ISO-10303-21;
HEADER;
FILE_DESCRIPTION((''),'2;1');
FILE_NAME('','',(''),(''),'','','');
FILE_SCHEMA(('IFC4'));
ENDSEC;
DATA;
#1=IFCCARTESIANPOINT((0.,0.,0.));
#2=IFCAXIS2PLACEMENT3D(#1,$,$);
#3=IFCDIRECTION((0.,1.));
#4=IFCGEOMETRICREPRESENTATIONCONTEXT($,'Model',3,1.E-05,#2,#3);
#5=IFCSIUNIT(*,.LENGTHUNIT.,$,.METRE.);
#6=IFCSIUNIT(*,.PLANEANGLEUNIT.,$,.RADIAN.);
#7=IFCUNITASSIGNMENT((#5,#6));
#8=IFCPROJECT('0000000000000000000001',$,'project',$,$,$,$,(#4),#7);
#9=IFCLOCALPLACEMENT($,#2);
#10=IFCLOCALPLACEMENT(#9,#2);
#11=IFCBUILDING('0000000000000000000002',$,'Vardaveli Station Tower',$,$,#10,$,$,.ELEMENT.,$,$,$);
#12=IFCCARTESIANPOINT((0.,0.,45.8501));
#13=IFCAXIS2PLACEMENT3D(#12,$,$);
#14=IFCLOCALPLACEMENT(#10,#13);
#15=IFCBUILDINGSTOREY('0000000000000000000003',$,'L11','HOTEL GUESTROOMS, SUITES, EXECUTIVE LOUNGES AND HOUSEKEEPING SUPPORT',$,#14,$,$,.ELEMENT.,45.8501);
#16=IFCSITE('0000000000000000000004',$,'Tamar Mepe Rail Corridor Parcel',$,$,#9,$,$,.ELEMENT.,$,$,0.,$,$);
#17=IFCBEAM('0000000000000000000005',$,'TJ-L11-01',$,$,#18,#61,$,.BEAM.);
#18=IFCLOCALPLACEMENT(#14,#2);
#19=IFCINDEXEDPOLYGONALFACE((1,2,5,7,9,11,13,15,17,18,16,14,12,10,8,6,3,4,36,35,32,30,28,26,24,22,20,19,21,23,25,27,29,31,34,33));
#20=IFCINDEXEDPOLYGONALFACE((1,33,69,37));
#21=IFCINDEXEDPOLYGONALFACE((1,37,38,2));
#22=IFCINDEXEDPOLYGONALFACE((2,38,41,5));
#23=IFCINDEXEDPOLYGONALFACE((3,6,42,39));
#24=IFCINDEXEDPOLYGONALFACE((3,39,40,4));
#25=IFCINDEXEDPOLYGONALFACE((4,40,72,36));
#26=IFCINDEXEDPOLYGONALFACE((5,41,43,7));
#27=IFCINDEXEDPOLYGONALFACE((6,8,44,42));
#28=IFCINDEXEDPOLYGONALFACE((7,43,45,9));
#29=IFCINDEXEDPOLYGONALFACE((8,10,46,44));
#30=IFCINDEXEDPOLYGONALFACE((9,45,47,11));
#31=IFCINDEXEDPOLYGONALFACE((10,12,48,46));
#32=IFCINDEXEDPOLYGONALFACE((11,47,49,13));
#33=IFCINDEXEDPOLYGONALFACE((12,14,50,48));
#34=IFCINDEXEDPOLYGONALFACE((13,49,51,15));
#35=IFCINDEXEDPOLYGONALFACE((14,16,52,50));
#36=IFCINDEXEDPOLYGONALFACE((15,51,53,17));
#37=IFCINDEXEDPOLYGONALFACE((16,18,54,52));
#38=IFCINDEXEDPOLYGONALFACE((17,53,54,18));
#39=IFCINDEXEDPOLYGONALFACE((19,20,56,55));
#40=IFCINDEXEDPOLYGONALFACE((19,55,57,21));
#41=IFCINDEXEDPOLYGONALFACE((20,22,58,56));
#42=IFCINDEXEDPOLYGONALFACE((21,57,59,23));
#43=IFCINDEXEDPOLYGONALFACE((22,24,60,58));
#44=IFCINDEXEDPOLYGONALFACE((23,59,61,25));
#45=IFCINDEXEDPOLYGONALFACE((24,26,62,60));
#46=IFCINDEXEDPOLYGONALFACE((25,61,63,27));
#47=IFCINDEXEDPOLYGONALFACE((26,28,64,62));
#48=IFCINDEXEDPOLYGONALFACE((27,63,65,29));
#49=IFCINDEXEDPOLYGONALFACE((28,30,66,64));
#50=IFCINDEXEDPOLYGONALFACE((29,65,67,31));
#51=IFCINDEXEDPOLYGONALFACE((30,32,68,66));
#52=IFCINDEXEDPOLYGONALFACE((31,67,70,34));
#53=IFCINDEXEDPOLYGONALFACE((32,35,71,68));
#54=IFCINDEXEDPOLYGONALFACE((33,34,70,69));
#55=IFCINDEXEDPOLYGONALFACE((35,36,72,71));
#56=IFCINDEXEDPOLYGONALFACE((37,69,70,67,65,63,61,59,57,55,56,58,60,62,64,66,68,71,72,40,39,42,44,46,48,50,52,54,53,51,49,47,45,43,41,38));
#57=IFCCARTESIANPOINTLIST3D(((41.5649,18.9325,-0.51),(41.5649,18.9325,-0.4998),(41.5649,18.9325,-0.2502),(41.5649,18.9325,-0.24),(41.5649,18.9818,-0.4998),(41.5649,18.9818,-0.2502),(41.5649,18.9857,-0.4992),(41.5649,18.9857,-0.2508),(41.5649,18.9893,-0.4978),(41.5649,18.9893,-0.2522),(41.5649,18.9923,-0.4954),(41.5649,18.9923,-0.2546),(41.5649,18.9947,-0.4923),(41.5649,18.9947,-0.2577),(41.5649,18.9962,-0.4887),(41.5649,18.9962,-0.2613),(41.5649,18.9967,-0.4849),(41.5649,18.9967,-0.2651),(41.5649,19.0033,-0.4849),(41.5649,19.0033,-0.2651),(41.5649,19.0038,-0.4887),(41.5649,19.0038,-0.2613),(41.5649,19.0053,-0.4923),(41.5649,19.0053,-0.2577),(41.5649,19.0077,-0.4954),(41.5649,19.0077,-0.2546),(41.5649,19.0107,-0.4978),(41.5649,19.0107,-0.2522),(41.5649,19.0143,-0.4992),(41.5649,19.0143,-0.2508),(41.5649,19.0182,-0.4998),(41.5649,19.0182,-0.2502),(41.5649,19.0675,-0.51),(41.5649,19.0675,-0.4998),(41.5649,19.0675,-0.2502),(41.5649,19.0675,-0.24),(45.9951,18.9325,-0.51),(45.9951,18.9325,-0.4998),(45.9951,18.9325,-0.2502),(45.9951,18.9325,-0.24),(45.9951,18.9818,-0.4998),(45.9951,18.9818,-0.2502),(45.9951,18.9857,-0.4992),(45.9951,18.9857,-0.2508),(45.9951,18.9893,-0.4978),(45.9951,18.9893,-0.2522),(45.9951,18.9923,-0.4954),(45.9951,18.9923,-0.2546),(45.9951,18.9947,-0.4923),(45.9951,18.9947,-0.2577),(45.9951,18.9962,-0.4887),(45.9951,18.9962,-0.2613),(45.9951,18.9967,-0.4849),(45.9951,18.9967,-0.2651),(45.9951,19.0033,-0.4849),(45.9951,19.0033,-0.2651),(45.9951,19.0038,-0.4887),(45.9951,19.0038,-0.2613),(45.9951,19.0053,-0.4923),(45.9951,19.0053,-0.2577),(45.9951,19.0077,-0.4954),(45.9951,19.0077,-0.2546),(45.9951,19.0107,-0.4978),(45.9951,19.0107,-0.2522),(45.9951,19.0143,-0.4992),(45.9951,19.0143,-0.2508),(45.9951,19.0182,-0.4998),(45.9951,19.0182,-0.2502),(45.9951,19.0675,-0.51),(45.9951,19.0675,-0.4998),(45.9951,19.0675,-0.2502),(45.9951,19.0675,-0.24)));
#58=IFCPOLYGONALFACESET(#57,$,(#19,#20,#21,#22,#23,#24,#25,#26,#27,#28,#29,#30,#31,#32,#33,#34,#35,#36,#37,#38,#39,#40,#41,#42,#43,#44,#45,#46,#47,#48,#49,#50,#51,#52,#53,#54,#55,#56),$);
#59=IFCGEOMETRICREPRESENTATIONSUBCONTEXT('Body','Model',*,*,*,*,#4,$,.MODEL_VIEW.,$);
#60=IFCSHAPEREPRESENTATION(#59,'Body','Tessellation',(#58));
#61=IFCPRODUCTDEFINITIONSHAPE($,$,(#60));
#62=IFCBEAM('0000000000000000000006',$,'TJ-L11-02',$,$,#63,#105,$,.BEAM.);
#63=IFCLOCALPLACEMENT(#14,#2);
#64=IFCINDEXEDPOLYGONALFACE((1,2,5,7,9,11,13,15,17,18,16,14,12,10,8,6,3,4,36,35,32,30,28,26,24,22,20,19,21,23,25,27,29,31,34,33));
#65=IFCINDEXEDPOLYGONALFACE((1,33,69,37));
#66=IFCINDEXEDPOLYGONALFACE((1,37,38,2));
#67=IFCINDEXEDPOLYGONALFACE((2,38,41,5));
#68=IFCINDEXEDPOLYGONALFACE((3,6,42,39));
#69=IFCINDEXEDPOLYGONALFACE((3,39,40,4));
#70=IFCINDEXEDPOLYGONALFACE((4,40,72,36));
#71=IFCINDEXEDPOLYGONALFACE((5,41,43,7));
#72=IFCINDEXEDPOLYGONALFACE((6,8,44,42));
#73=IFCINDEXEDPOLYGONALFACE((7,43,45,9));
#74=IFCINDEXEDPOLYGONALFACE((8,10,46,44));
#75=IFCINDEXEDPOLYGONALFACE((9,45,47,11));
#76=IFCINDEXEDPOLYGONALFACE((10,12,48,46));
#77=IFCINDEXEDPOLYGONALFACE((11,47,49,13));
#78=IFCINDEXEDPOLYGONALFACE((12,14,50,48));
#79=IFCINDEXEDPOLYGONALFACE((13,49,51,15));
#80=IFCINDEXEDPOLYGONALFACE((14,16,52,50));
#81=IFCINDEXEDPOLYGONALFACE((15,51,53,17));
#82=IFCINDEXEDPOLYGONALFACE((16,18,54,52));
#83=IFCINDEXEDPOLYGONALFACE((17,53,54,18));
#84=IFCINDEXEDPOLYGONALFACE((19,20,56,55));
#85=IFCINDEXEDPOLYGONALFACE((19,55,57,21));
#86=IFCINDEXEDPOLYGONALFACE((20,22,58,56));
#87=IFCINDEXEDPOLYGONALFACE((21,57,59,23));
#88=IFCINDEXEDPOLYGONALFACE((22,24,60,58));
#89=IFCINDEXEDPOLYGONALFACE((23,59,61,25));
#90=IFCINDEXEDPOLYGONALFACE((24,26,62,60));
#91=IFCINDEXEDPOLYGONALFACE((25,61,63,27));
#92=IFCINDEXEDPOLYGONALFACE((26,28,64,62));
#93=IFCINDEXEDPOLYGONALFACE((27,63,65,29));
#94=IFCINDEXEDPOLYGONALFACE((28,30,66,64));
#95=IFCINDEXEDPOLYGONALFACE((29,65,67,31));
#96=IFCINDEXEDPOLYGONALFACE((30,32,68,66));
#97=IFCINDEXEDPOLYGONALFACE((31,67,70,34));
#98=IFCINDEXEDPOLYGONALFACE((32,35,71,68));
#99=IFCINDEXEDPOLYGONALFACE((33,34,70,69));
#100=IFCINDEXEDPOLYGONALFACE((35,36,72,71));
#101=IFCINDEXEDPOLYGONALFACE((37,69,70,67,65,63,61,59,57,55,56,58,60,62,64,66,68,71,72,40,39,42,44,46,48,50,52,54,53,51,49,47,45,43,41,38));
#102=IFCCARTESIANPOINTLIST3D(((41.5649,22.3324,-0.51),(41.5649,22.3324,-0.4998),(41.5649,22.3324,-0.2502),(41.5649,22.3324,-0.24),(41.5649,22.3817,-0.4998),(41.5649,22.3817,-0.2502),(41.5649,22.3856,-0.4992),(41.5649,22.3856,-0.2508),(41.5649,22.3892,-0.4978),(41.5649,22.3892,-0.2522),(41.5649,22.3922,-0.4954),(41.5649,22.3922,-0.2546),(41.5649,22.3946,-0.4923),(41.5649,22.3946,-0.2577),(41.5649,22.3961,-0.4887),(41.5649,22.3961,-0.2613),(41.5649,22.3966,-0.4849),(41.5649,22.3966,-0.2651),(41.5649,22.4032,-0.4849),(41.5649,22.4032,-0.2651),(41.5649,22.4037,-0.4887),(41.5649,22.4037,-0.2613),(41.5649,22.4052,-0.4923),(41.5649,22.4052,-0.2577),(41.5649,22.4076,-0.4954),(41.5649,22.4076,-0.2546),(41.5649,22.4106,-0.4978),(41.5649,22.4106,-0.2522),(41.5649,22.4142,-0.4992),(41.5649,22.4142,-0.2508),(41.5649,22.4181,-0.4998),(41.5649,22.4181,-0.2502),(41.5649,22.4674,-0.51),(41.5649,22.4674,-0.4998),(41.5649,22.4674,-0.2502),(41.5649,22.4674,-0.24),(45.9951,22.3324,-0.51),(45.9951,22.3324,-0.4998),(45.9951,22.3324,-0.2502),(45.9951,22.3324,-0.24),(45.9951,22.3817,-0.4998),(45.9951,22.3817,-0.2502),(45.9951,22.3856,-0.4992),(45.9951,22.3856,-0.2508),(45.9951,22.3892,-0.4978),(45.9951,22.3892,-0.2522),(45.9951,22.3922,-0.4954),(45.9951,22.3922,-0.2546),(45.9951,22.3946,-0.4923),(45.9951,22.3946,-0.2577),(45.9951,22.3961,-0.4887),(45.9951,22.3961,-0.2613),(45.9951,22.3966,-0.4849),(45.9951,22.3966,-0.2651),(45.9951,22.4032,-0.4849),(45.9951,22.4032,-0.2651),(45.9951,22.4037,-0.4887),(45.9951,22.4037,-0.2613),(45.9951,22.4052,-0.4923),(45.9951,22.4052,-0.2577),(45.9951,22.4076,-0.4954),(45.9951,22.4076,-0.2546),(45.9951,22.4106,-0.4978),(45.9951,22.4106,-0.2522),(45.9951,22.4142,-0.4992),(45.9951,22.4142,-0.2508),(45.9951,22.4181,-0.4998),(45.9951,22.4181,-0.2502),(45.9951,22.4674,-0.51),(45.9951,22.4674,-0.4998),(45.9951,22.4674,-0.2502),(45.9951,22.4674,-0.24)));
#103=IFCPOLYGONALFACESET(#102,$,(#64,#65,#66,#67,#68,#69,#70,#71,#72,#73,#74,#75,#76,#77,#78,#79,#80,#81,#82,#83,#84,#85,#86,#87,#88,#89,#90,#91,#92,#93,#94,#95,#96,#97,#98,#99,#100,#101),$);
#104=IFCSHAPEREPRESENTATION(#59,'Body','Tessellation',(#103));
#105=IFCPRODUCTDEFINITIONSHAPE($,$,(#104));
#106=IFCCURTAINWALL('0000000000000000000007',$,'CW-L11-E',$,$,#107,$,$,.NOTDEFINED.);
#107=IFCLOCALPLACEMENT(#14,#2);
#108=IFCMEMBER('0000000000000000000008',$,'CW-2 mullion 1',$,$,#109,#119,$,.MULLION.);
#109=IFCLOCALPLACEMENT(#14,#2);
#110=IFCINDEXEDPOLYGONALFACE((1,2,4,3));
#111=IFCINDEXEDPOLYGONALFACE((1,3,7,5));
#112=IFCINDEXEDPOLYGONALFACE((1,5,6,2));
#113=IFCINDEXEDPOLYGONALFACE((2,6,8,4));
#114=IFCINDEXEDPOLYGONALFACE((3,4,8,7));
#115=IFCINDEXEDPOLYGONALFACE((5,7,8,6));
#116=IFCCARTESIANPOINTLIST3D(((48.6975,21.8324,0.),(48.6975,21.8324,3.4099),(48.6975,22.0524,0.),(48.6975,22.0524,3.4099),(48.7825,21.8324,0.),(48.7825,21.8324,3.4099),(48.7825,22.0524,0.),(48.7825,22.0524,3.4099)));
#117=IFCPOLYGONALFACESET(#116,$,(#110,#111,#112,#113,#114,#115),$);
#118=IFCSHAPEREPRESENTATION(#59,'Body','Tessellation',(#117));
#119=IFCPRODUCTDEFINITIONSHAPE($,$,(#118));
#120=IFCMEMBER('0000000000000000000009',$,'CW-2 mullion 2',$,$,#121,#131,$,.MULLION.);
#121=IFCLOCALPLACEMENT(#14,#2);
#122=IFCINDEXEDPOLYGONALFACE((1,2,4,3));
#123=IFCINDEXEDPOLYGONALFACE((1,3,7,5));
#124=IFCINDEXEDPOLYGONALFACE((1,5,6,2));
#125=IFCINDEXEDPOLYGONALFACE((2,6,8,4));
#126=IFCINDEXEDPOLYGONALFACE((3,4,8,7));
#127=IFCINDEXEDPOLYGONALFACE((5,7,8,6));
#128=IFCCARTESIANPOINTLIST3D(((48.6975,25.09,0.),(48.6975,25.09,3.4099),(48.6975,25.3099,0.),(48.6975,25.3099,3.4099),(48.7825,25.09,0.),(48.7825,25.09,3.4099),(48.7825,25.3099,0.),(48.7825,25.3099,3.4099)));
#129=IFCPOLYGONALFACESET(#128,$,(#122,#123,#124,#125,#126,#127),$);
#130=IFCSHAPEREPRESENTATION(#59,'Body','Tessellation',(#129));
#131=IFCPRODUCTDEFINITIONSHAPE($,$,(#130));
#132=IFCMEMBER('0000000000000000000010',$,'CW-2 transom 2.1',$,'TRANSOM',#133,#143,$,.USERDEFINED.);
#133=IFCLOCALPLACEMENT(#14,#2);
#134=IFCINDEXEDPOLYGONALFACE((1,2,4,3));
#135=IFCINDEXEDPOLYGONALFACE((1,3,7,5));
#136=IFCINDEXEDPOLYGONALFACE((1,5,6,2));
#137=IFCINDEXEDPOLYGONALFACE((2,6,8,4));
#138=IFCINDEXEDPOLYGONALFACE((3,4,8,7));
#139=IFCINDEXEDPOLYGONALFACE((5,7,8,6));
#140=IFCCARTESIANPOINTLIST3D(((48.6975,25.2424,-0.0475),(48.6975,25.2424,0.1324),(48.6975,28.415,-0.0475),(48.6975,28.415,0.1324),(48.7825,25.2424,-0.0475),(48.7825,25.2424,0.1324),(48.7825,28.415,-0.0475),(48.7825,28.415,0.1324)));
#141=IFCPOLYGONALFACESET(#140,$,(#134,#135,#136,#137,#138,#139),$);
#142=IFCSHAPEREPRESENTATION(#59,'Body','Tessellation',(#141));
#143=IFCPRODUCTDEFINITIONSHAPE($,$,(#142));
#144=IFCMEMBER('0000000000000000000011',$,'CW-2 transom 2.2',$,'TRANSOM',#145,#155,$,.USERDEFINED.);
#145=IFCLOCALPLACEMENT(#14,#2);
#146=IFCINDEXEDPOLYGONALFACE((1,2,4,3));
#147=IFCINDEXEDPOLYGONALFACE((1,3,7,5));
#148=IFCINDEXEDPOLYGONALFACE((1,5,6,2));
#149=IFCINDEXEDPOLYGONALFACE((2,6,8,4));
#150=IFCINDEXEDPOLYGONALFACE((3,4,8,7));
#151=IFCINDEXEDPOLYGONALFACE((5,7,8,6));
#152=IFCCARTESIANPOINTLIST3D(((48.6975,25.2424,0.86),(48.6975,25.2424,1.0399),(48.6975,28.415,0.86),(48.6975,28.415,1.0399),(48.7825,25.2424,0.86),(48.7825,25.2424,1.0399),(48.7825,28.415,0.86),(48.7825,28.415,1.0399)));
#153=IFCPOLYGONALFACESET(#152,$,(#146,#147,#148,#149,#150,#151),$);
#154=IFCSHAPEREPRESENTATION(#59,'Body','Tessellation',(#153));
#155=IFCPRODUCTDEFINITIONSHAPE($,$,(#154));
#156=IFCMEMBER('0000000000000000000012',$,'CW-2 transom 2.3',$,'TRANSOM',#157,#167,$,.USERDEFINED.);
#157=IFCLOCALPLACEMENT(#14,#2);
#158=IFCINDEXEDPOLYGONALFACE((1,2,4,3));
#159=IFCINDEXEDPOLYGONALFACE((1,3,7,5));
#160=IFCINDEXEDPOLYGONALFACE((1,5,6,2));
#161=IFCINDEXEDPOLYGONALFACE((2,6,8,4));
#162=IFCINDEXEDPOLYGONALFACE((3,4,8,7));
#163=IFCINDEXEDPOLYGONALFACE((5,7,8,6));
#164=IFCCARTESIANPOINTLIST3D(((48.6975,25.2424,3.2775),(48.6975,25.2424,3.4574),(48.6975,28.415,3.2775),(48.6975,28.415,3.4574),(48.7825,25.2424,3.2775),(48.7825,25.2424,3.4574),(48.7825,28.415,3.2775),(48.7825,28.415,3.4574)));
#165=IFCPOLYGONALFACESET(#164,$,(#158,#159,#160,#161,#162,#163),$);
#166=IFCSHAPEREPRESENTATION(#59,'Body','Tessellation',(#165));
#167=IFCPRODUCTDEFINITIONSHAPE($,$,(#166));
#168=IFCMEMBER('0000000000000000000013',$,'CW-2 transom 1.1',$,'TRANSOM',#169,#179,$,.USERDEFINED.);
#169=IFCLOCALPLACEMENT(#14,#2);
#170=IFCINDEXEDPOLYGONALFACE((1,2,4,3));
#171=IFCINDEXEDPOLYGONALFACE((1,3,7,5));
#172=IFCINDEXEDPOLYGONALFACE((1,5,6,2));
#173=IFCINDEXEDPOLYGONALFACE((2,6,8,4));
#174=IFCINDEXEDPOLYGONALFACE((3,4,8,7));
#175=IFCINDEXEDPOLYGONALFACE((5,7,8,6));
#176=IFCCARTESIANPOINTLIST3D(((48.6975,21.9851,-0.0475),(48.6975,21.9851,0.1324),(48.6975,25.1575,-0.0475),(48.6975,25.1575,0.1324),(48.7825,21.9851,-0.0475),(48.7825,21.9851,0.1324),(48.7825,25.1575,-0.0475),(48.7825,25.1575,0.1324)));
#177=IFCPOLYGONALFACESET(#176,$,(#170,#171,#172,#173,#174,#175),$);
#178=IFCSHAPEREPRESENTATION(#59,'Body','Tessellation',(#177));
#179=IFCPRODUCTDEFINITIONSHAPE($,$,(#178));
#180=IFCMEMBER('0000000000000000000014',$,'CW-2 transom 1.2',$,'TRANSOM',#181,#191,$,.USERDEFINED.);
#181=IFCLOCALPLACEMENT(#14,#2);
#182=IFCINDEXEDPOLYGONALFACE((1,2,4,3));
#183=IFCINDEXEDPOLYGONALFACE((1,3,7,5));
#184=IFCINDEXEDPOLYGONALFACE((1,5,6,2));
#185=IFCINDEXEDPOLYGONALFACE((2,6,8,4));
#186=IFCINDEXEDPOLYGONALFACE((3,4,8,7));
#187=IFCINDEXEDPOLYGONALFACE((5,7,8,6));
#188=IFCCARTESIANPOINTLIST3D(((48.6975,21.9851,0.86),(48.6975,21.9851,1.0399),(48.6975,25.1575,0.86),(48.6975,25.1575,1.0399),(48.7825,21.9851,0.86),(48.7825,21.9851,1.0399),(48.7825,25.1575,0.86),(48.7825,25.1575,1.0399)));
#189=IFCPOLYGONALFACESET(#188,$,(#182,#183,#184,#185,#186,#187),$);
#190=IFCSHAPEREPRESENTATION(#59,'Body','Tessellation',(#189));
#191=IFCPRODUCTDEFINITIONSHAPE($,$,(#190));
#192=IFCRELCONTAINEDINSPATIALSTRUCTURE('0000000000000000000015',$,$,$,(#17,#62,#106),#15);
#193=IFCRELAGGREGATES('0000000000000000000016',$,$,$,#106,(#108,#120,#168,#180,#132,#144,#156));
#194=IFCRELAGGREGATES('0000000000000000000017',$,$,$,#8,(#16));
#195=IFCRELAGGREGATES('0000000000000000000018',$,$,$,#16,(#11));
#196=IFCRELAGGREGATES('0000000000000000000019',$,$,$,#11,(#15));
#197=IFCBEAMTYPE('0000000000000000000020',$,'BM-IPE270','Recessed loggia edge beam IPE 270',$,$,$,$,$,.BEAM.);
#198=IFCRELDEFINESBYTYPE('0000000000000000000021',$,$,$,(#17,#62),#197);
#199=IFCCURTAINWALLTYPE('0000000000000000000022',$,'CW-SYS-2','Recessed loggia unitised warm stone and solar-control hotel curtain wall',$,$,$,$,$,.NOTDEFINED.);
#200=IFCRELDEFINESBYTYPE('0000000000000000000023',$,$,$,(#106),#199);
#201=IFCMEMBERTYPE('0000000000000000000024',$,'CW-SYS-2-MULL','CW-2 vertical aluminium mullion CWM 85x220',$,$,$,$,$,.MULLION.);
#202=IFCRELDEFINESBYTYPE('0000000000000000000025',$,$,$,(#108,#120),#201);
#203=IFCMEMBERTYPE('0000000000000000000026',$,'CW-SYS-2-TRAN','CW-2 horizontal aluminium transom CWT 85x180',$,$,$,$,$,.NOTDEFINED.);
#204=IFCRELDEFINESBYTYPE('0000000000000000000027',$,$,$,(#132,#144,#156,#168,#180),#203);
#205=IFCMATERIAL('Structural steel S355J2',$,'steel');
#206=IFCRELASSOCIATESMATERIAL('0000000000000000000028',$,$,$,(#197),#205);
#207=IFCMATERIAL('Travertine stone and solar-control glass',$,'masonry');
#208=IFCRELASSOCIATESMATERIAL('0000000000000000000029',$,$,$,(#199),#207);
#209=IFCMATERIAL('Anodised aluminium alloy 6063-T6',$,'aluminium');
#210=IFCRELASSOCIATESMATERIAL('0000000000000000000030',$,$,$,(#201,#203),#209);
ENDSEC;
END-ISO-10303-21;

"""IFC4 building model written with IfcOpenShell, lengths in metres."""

from ifc_helpers import new_model, si_unit, direction, frame, origin, origin_2d, place, context, subcontext, project, spatial, rectangle, i_section, extrude, source, transform, mapped, material, material_profile, profile_set, type_object, element, aggregate, save


model = new_model("IFC4")

# Units and contexts
model_context = context("Model", 3, precision=1e-05, world=origin(), true_north=direction((0.0, 1.0)))
body_context = subcontext(model_context, "Body", "Model", "MODEL_VIEW")
ifc_project = project(units=[si_unit("LENGTHUNIT", "METRE"), si_unit("PLANEANGLEUNIT", "RADIAN")], contexts=[model_context])

# Site, building, storey
site_placement = place(None, origin())
site = spatial("IfcSite", under=ifc_project, at=site_placement, Name="Tamar Mepe Rail Corridor Parcel", CompositionType="ELEMENT", RefElevation=0.0)
building_placement = place(site_placement, origin())
building = spatial("IfcBuilding", under=site, at=building_placement, Name="Vardaveli Station Tower", CompositionType="ELEMENT")
storey_placement = place(building_placement, frame((0.0, 0.0, 45.8501)))
storey = spatial("IfcBuildingStorey", under=building, at=storey_placement, Name="L11", Description="HOTEL GUESTROOMS, SUITES, EXECUTIVE LOUNGES AND HOUSEKEEPING SUPPORT", CompositionType="ELEMENT", Elevation=45.8501)

# Beams
ifc_material_1 = material(Name="Structural steel S355J2", Category="steel")
ifc_material_profile_1 = material_profile(ifc_material_1, i_section(OverallWidth=0.135, OverallDepth=0.27, WebThickness=0.0066, FlangeThickness=0.0103, FilletRadius=0.0149, at=origin_2d()), Name="IPE 270")
ifc_profile_set_1 = profile_set([ifc_material_profile_1], Name="Structural steel S355J2")
beam_type_1 = type_object("IfcBeamType", Name="BM-IPE270", Description="Recessed loggia edge beam IPE 270", PredefinedType="BEAM", material=ifc_profile_set_1)
shared_shape_1 = source(origin(), body_context, "Body", "SweptSolid", [
    extrude(i_section(OverallWidth=0.135, OverallDepth=0.27, WebThickness=0.0066, FlangeThickness=0.0103, FilletRadius=0.0149, at=origin_2d()), origin(), (0.0, 0.0, 1.0), 4.4302),
])
for number, where, z_axis, x_axis, name in (
    (1, (41.5649, 19.0, -0.375), (1.0, 0.0, 0.0), (0.0, 1.0, 0.0), "TJ-L11-01"),
    (2, (41.5649, 22.3999, -0.375), (1.0, 0.0, 0.0), (0.0, 1.0, 0.0), "TJ-L11-02"),
):
    element("IfcBeam", number, at=place(storey_placement, frame(where, z_axis=z_axis, x_axis=x_axis)), inside=storey, type_object=beam_type_1, Name=name, PredefinedType="BEAM", context=body_context, shape_type="MappedRepresentation", body=[
        mapped(shared_shape_1, transform((0.0, 0.0, 0.0), scale=1.0)),
    ])

# Curtain wall, members
ifc_material_2 = material(Name="Travertine stone and solar-control glass", Category="masonry")
curtain_wall_type = type_object("IfcCurtainWallType", Name="CW-SYS-2", Description="Recessed loggia unitised warm stone and solar-control hotel curtain wall", PredefinedType="NOTDEFINED", material=ifc_material_2)
curtain_wall_placement = place(storey_placement, origin())
curtain_wall = element("IfcCurtainWall", 3, at=curtain_wall_placement, inside=storey, type_object=curtain_wall_type, Name="CW-L11-E", PredefinedType="NOTDEFINED")
ifc_material_3 = material(Name="Anodised aluminium alloy 6063-T6", Category="aluminium")
ifc_material_profile_2 = material_profile(ifc_material_3, rectangle(XDim=0.085, YDim=0.22, at=origin_2d()), Name="CWM 85x220")
ifc_profile_set_2 = profile_set([ifc_material_profile_2], Name="Anodised aluminium alloy 6063-T6")
member_type_1 = type_object("IfcMemberType", Name="CW-SYS-2-MULL", Description="CW-2 vertical aluminium mullion CWM 85x220", PredefinedType="MULLION", material=ifc_profile_set_2)
shared_shape_2 = source(origin(), body_context, "Body", "SweptSolid", [
    extrude(rectangle(XDim=0.085, YDim=0.22, at=origin_2d()), origin(), (0.0, 0.0, 1.0), 3.4099),
])
member_1_placement = place(storey_placement, frame((48.74, 21.9424, 0.0), z_axis=(0.0, 0.0, 1.0), x_axis=(-1.0, 0.0, 0.0)))
member_1 = element("IfcMember", 4, at=member_1_placement, type_object=member_type_1, Name="CW-2 mullion 1", PredefinedType="MULLION", context=body_context, shape_type="MappedRepresentation", body=[
    mapped(shared_shape_2, transform((0.0, 0.0, 0.0), scale=1.0)),
])
member_2_placement = place(storey_placement, frame((48.74, 25.2, 0.0), z_axis=(0.0, 0.0, 1.0), x_axis=(-1.0, 0.0, 0.0)))
member_2 = element("IfcMember", 5, at=member_2_placement, type_object=member_type_1, Name="CW-2 mullion 2", PredefinedType="MULLION", context=body_context, shape_type="MappedRepresentation", body=[
    mapped(shared_shape_2, transform((0.0, 0.0, 0.0), scale=1.0)),
])
ifc_material_profile_3 = material_profile(ifc_material_3, rectangle(XDim=0.085, YDim=0.1799, at=origin_2d()), Name="CWT 85x180")
ifc_profile_set_3 = profile_set([ifc_material_profile_3], Name="Anodised aluminium alloy 6063-T6")
member_type_2 = type_object("IfcMemberType", Name="CW-SYS-2-TRAN", Description="CW-2 horizontal aluminium transom CWT 85x180", PredefinedType="NOTDEFINED", material=ifc_profile_set_3)
shared_shape_3 = source(origin(), body_context, "Body", "SweptSolid", [
    extrude(rectangle(XDim=0.085, YDim=0.1799, at=origin_2d()), origin(), (0.0, 0.0, 1.0), 3.1726),
])
member_3_placement = place(storey_placement, frame((48.74, 25.2424, 0.0425), z_axis=(0.0, 1.0, 0.0), x_axis=(-1.0, 0.0, 0.0)))
member_3 = element("IfcMember", 6, at=member_3_placement, type_object=member_type_2, Name="CW-2 transom 2.1", ObjectType="TRANSOM", PredefinedType="USERDEFINED", context=body_context, shape_type="MappedRepresentation", body=[
    mapped(shared_shape_3, transform((0.0, 0.0, 0.0), scale=1.0)),
])
member_4_placement = place(storey_placement, frame((48.74, 25.2424, 0.95), z_axis=(0.0, 1.0, 0.0), x_axis=(-1.0, 0.0, 0.0)))
member_4 = element("IfcMember", 7, at=member_4_placement, type_object=member_type_2, Name="CW-2 transom 2.2", ObjectType="TRANSOM", PredefinedType="USERDEFINED", context=body_context, shape_type="MappedRepresentation", body=[
    mapped(shared_shape_3, transform((0.0, 0.0, 0.0), scale=1.0)),
])
member_5_placement = place(storey_placement, frame((48.74, 25.2424, 3.3674), z_axis=(0.0, 1.0, 0.0), x_axis=(-1.0, 0.0, 0.0)))
member_5 = element("IfcMember", 8, at=member_5_placement, type_object=member_type_2, Name="CW-2 transom 2.3", ObjectType="TRANSOM", PredefinedType="USERDEFINED", context=body_context, shape_type="MappedRepresentation", body=[
    mapped(shared_shape_3, transform((0.0, 0.0, 0.0), scale=1.0)),
])
shared_shape_4 = source(origin(), body_context, "Body", "SweptSolid", [
    extrude(rectangle(XDim=0.085, YDim=0.1799, at=origin_2d()), origin(), (0.0, 0.0, 1.0), 3.1724),
])
member_6_placement = place(storey_placement, frame((48.74, 21.9851, 0.0425), z_axis=(0.0, 1.0, 0.0), x_axis=(-1.0, 0.0, 0.0)))
member_6 = element("IfcMember", 9, at=member_6_placement, type_object=member_type_2, Name="CW-2 transom 1.1", ObjectType="TRANSOM", PredefinedType="USERDEFINED", context=body_context, shape_type="MappedRepresentation", body=[
    mapped(shared_shape_4, transform((0.0, 0.0, 0.0), scale=1.0)),
])
member_7_placement = place(storey_placement, frame((48.74, 21.9851, 0.95), z_axis=(0.0, 1.0, 0.0), x_axis=(-1.0, 0.0, 0.0)))
member_7 = element("IfcMember", 10, at=member_7_placement, type_object=member_type_2, Name="CW-2 transom 1.2", ObjectType="TRANSOM", PredefinedType="USERDEFINED", context=body_context, shape_type="MappedRepresentation", body=[
    mapped(shared_shape_4, transform((0.0, 0.0, 0.0), scale=1.0)),
])
aggregate(curtain_wall, [member_1, member_2, member_6, member_7, member_3, member_4, member_5])

save(model, "model.ifc")
